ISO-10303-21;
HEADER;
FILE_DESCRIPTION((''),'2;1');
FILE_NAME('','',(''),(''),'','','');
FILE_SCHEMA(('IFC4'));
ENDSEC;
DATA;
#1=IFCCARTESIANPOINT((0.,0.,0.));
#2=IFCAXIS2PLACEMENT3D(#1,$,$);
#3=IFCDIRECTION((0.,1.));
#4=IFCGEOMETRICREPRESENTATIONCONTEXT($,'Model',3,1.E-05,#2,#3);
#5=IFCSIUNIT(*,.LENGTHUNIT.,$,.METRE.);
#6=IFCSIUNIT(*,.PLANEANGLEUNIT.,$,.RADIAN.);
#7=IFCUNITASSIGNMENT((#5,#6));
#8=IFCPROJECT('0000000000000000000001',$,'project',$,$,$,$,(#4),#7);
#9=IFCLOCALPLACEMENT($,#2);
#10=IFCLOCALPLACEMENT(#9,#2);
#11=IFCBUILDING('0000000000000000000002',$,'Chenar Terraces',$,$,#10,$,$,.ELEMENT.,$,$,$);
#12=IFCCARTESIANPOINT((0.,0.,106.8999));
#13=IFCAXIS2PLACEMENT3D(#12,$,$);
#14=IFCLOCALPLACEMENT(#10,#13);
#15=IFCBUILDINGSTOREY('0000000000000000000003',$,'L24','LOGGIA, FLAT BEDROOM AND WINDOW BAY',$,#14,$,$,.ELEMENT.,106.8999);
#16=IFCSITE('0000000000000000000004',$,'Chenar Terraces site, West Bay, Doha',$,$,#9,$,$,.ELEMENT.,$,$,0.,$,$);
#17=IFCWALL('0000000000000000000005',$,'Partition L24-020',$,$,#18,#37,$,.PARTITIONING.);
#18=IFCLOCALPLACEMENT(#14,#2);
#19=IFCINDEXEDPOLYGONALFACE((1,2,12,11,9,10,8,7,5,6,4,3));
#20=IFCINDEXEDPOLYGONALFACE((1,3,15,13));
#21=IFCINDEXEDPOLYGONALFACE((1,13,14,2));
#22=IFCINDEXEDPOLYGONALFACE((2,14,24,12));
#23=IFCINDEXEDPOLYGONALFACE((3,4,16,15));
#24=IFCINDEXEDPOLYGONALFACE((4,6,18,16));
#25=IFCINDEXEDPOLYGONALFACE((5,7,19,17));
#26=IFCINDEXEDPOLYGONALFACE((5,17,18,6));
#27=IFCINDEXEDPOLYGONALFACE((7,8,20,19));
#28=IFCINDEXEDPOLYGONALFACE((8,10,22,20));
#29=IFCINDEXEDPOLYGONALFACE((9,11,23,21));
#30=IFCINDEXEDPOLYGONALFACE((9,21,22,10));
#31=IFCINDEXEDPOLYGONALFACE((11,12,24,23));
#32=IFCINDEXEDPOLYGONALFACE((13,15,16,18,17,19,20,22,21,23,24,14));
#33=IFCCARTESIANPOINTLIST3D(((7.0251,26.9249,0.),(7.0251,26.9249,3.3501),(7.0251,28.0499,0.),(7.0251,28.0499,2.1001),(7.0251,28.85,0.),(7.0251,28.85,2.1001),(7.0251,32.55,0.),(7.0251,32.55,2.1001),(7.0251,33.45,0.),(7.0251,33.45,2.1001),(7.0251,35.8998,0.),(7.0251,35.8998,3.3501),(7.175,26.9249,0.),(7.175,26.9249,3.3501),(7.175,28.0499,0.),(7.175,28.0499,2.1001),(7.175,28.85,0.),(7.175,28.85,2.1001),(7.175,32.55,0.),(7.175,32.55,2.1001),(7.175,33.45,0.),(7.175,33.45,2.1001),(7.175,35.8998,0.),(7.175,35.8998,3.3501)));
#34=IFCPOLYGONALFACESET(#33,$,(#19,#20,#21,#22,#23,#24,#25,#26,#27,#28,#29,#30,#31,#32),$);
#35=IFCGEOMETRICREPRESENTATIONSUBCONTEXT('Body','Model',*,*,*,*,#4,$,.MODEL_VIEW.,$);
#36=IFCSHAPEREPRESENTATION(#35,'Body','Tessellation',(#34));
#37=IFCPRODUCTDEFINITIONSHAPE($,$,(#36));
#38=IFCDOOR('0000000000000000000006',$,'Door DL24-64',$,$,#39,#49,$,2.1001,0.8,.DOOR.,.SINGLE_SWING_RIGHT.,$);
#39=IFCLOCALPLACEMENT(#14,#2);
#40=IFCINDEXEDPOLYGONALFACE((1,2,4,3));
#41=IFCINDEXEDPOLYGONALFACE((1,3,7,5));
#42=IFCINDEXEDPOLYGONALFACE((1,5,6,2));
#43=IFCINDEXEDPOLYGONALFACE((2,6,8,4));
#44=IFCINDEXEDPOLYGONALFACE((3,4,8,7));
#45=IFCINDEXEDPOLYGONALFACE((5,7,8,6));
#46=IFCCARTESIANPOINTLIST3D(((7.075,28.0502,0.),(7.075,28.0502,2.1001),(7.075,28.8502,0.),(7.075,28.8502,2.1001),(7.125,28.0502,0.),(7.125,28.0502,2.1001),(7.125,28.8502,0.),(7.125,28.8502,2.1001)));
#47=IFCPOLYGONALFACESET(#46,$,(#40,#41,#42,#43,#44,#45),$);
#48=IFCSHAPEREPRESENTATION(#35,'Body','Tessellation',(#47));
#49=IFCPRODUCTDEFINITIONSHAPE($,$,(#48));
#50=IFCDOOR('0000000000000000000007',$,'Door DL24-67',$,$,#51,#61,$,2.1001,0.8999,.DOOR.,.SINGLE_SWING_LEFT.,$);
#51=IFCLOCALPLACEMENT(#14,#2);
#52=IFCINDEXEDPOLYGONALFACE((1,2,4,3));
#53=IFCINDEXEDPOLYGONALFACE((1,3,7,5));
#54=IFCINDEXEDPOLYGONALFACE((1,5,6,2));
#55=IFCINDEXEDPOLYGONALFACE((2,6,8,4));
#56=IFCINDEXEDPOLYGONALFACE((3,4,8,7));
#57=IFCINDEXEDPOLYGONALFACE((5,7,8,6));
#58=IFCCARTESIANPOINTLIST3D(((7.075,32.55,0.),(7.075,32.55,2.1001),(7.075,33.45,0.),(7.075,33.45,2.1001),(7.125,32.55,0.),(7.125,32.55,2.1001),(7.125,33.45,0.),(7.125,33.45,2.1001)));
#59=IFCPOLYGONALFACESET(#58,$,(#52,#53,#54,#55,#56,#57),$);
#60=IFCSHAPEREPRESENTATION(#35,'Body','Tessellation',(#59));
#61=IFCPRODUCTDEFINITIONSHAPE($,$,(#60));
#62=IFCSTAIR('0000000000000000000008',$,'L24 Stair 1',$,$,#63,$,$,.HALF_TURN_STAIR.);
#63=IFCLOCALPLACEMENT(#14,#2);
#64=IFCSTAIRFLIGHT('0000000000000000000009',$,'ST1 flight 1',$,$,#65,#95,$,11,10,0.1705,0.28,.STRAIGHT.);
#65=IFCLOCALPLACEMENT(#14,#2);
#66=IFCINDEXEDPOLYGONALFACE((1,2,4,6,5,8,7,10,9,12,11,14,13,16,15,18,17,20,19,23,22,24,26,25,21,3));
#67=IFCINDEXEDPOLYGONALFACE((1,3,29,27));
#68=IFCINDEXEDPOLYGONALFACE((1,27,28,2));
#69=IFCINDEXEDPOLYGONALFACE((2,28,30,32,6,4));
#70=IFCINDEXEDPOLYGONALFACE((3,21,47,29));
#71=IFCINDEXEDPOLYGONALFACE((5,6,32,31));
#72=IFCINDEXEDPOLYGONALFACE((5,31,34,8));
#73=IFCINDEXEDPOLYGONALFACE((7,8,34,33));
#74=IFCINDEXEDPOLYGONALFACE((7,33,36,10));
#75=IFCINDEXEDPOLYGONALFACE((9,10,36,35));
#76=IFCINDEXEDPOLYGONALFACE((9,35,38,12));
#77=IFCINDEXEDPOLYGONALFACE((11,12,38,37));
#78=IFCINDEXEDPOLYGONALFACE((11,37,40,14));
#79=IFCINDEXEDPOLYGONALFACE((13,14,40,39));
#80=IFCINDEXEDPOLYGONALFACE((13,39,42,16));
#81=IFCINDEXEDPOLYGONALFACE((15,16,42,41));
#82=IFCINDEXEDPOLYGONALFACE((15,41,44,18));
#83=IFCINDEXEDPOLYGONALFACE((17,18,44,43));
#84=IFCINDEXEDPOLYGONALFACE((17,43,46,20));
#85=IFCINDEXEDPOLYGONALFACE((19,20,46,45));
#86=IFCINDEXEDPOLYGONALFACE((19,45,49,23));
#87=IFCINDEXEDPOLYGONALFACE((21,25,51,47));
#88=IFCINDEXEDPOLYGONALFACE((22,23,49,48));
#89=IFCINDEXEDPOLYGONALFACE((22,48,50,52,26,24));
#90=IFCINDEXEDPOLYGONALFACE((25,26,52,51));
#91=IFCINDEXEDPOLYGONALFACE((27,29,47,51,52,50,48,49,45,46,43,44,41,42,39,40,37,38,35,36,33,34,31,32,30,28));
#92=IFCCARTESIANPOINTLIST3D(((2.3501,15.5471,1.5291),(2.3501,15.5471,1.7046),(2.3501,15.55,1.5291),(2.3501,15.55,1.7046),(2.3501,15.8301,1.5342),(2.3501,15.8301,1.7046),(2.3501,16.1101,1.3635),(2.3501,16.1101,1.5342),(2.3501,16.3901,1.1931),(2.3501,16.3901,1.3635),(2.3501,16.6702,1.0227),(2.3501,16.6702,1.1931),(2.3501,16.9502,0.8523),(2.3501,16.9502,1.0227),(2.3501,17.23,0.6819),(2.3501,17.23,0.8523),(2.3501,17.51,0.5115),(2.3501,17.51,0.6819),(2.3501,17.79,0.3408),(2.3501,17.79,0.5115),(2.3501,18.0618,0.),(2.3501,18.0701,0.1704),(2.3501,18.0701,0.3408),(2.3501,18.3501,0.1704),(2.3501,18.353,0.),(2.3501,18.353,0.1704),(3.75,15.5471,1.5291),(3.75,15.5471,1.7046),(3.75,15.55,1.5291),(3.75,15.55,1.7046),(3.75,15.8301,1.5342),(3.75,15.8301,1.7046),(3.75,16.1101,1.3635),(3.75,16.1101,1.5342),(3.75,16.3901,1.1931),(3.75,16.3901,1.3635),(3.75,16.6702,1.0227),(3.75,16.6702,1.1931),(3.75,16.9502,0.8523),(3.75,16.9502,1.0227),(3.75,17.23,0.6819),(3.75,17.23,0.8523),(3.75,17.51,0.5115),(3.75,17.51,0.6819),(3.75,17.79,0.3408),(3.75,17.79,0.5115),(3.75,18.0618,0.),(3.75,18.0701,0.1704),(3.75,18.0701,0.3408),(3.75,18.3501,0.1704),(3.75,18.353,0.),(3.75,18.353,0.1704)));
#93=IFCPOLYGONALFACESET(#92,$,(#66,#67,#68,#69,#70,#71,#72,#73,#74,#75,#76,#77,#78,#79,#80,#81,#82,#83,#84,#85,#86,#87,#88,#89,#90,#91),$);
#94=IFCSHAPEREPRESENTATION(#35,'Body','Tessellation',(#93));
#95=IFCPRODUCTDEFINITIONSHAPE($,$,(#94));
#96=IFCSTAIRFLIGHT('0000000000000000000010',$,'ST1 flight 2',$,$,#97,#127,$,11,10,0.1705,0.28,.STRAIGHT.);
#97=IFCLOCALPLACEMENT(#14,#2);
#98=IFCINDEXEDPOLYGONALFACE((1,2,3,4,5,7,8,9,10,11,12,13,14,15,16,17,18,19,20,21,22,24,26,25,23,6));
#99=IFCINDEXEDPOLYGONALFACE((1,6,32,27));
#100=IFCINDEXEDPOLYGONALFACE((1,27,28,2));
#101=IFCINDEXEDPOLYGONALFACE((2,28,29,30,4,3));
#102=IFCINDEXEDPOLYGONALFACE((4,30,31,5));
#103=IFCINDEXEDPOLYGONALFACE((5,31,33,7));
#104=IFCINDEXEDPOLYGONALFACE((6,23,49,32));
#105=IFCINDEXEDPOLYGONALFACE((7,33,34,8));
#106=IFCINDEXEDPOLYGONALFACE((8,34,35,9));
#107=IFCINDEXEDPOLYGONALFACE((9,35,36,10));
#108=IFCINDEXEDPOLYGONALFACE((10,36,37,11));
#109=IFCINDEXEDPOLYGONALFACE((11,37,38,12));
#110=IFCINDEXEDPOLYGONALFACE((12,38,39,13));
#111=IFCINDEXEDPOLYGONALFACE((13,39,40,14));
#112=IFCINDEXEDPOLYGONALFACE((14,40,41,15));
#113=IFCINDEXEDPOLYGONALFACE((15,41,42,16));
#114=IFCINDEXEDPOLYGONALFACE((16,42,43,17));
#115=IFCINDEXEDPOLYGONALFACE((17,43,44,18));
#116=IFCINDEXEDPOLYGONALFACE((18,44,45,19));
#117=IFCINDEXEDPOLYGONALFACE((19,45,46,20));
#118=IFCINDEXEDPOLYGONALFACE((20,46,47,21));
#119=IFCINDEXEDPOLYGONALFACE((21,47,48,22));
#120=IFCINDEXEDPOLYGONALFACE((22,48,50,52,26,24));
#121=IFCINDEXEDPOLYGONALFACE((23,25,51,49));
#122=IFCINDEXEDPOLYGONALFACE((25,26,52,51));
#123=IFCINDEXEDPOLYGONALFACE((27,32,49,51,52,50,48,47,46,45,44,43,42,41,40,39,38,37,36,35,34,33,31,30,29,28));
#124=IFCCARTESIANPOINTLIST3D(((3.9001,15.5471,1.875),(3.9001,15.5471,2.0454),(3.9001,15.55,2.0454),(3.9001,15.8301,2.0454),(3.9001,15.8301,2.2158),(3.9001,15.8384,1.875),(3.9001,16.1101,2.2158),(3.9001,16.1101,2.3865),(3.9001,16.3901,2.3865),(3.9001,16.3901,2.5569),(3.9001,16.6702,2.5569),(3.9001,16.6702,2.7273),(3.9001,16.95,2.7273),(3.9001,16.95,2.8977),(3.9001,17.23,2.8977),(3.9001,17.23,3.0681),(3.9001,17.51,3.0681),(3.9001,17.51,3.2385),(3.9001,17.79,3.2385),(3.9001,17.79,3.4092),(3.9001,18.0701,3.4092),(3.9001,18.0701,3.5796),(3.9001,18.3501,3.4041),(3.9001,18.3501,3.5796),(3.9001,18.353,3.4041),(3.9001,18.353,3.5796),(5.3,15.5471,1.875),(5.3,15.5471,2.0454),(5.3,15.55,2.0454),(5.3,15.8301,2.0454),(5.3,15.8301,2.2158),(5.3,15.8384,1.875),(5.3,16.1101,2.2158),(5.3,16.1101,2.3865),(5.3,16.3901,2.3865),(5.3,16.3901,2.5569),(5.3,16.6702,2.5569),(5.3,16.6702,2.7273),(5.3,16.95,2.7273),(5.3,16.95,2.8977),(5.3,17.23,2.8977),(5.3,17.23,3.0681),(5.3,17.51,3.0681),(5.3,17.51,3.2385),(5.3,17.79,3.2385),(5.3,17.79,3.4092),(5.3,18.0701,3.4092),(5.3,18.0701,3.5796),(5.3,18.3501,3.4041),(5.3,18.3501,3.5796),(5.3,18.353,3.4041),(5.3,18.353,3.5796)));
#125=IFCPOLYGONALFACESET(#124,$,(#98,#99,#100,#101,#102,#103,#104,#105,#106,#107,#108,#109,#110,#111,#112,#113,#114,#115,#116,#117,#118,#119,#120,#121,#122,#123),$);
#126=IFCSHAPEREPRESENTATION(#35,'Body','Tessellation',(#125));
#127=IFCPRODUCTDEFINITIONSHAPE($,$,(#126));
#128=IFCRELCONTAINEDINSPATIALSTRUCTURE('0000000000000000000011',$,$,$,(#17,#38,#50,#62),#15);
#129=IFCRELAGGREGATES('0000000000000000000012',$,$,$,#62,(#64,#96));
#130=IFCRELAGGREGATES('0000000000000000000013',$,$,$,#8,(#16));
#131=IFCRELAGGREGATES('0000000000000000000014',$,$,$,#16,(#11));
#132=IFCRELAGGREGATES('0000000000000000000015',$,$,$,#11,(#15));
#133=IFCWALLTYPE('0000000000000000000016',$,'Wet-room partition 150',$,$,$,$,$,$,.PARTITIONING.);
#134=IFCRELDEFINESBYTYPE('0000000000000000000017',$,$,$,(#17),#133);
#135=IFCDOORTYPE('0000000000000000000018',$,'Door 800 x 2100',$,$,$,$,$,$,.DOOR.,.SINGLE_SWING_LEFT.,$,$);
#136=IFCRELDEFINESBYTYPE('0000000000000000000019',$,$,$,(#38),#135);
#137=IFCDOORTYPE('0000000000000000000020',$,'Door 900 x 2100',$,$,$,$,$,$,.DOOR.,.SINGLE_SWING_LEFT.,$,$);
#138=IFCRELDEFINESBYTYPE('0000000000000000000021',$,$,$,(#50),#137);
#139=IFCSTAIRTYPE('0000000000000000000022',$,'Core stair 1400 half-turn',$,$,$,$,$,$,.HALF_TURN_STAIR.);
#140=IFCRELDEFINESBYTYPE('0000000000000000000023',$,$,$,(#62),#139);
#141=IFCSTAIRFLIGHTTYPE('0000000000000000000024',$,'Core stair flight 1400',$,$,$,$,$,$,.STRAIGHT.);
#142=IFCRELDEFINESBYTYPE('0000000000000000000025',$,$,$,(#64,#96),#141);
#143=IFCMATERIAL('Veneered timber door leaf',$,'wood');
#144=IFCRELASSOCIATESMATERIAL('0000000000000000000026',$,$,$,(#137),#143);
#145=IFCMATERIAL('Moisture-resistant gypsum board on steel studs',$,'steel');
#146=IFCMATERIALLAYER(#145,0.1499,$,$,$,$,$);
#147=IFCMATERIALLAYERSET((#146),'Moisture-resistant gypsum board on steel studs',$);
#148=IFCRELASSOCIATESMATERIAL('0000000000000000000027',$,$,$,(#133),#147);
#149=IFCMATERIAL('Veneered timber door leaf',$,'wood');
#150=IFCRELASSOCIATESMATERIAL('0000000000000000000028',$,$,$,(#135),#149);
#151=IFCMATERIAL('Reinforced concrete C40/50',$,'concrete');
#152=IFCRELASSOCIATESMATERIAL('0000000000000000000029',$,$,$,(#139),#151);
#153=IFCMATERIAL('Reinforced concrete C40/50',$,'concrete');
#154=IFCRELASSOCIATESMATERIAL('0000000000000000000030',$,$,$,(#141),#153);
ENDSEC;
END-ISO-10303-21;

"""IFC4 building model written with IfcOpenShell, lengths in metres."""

from ifc_helpers import new_model, si_unit, direction, frame, frame_2d, origin, place, context, subcontext, project, spatial, polyline, rectangle, outline, extrude, material, layer, layer_set, type_object, element, fill, aggregate, save


model = new_model("IFC4")

# Units and contexts
model_context = context("Model", 3, precision=1e-05, world=origin(), true_north=direction((0.0, 1.0)))
body_context = subcontext(model_context, "Body", "Model", "MODEL_VIEW")
ifc_project = project(units=[si_unit("LENGTHUNIT", "METRE"), si_unit("PLANEANGLEUNIT", "RADIAN")], contexts=[model_context])

# Site, building, storey
site_placement = place(None, origin())
site = spatial("IfcSite", under=ifc_project, at=site_placement, Name="Chenar Terraces site, West Bay, Doha", CompositionType="ELEMENT", RefElevation=0.0)
building_placement = place(site_placement, origin())
building = spatial("IfcBuilding", under=site, at=building_placement, Name="Chenar Terraces", CompositionType="ELEMENT")
storey_placement = place(building_placement, frame((0.0, 0.0, 106.8999)))
storey = spatial("IfcBuildingStorey", under=building, at=storey_placement, Name="L24", Description="LOGGIA, FLAT BEDROOM AND WINDOW BAY", CompositionType="ELEMENT", Elevation=106.8999)

# Shared definitions
ifc_material_1 = material(Name="Veneered timber door leaf", Category="wood")
door_type_1 = type_object("IfcDoorType", Name="Door 900 x 2100", OperationType="SINGLE_SWING_LEFT", PredefinedType="DOOR", material=ifc_material_1)

# Shared definitions
ifc_material_2 = material(Name="Moisture-resistant gypsum board on steel studs", Category="steel")
ifc_layer_1 = layer(ifc_material_2, 0.1499)
ifc_layer_set_1 = layer_set([ifc_layer_1], Name="Moisture-resistant gypsum board on steel studs")
wall_type_1 = type_object("IfcWallType", Name="Wet-room partition 150", PredefinedType="PARTITIONING", material=ifc_layer_set_1)

# Shared definitions
ifc_material_3 = material(Name="Veneered timber door leaf", Category="wood")
door_type_2 = type_object("IfcDoorType", Name="Door 800 x 2100", OperationType="SINGLE_SWING_LEFT", PredefinedType="DOOR", material=ifc_material_3)

# Wall, openings, doors
wall_1_placement = place(storey_placement, frame((7.1001, 26.925, 0.0), z_axis=(0.0, 0.0, 1.0), x_axis=(0.0, 1.0, 0.0)))
wall_1 = element("IfcWall", 1, at=wall_1_placement, inside=storey, type_object=wall_type_1, Name="Partition L24-020", PredefinedType="PARTITIONING", context=body_context, shape_type="SweptSolid", body=[
    extrude(rectangle(XDim=8.9749, YDim=0.1499, at=frame_2d((4.4873, 0.0))), origin(), (0.0, 0.0, 1.0), 3.3501),
])
opening_1_placement = place(wall_1_placement, frame((1.125, 0.0, 0.0)))
opening_1 = element("IfcOpeningElement", 2, at=opening_1_placement, cuts=wall_1, PredefinedType="OPENING", context=body_context, shape_type="SweptSolid", body=[
    extrude(rectangle(XDim=0.8, YDim=2.1001, at=frame_2d((0.3999, 1.05))), frame((0.0, 0.085, 0.0), z_axis=(0.0, -1.0, 0.0), x_axis=(1.0, 0.0, 0.0)), (0.0, 0.0, 1.0), 0.1699),
])
opening_2_placement = place(wall_1_placement, frame((5.625, 0.0, 0.0)))
opening_2 = element("IfcOpeningElement", 3, at=opening_2_placement, cuts=wall_1, PredefinedType="OPENING", context=body_context, shape_type="SweptSolid", body=[
    extrude(rectangle(XDim=0.8999, YDim=2.1001, at=frame_2d((0.45, 1.05))), frame((0.0, 0.085, 0.0), z_axis=(0.0, -1.0, 0.0), x_axis=(1.0, 0.0, 0.0)), (0.0, 0.0, 1.0), 0.1699),
])
door_1_placement = place(opening_1_placement, frame((0.8, 0.0, 0.0), z_axis=(0.0, 0.0, 1.0), x_axis=(-1.0, 0.0, 0.0)))
door_1 = element("IfcDoor", 4, at=door_1_placement, inside=storey, type_object=door_type_2, Name="Door DL24-64", OperationType="SINGLE_SWING_RIGHT", OverallHeight=2.1001, OverallWidth=0.8, PredefinedType="DOOR", context=body_context, shape_type="SweptSolid", body=[
    extrude(rectangle(XDim=0.8, YDim=2.1001, at=frame_2d((0.3999, 1.05))), frame((0.0, 0.0249, 0.0), z_axis=(0.0, -1.0, 0.0), x_axis=(1.0, 0.0, 0.0)), (0.0, 0.0, 1.0), 0.05),
])
fill(opening_1, door_1)
door_2_placement = place(opening_2_placement, frame((0.8999, 0.0, 0.0), z_axis=(0.0, 0.0, 1.0), x_axis=(-1.0, 0.0, 0.0)))
door_2 = element("IfcDoor", 5, at=door_2_placement, inside=storey, type_object=door_type_1, Name="Door DL24-67", OperationType="SINGLE_SWING_LEFT", OverallHeight=2.1001, OverallWidth=0.8999, PredefinedType="DOOR", context=body_context, shape_type="SweptSolid", body=[
    extrude(rectangle(XDim=0.8999, YDim=2.1001, at=frame_2d((0.45, 1.05))), frame((0.0, 0.0249, 0.0), z_axis=(0.0, -1.0, 0.0), x_axis=(1.0, 0.0, 0.0)), (0.0, 0.0, 1.0), 0.05),
])
fill(opening_2, door_2)

# Stair, stair flights
ifc_material_4 = material(Name="Reinforced concrete C40/50", Category="concrete")
stair_type = type_object("IfcStairType", Name="Core stair 1400 half-turn", PredefinedType="HALF_TURN_STAIR", material=ifc_material_4)
stair_placement = place(storey_placement, origin())
stair = element("IfcStair", 6, at=stair_placement, inside=storey, type_object=stair_type, Name="L24 Stair 1", PredefinedType="HALF_TURN_STAIR")
ifc_material_5 = material(Name="Reinforced concrete C40/50", Category="concrete")
stair_flight_type = type_object("IfcStairFlightType", Name="Core stair flight 1400", PredefinedType="STRAIGHT", material=ifc_material_5)
stair_flight_1_placement = place(storey_placement, frame((3.05, 18.3501, 0.0), z_axis=(0.0, 0.0, 1.0), x_axis=(0.0, -1.0, 0.0)))
stair_flight_1 = element("IfcStairFlight", 7, at=stair_flight_1_placement, type_object=stair_flight_type, Name="ST1 flight 1", NumberOfRisers=11, NumberOfTreads=10, PredefinedType="STRAIGHT", RiserHeight=0.1705, TreadLength=0.28, context=body_context, shape_type="SweptSolid", body=[
    extrude(outline(polyline([(-0.0029, 0.0), (-0.0029, 0.1704), (0.0, 0.1704), (0.28, 0.1704), (0.28, 0.3408), (0.5601, 0.3408), (0.5601, 0.5115), (0.8401, 0.5115), (0.8401, 0.6819), (1.1201, 0.6819), (1.1201, 0.8523), (1.3999, 0.8523), (1.3999, 1.0227), (1.6799, 1.0227), (1.6799, 1.1931), (1.96, 1.1931), (1.96, 1.3635), (2.24, 1.3635), (2.24, 1.5342), (2.52, 1.5342), (2.52, 1.7046), (2.8, 1.7046), (2.803, 1.7046), (2.803, 1.5291), (2.8, 1.5291), (0.2883, 0.0), (-0.0029, 0.0)])), frame((0.0, 0.7, 0.0), z_axis=(0.0, -1.0, 0.0), x_axis=(1.0, 0.0, 0.0)), (0.0, 0.0, 1.0), 1.3999),
])
stair_flight_2_placement = place(storey_placement, frame((4.6001, 15.55, 1.875), z_axis=(0.0, 0.0, 1.0), x_axis=(0.0, 1.0, 0.0)))
stair_flight_2 = element("IfcStairFlight", 8, at=stair_flight_2_placement, type_object=stair_flight_type, Name="ST1 flight 2", NumberOfRisers=11, NumberOfTreads=10, PredefinedType="STRAIGHT", RiserHeight=0.1705, TreadLength=0.28, context=body_context, shape_type="SweptSolid", body=[
    extrude(outline(polyline([(-0.0029, 0.0), (-0.0029, 0.1704), (0.0, 0.1704), (0.28, 0.1704), (0.28, 0.3408), (0.5601, 0.3408), (0.5601, 0.5115), (0.8401, 0.5115), (0.8401, 0.6819), (1.1201, 0.6819), (1.1201, 0.8523), (1.3999, 0.8523), (1.3999, 1.0227), (1.6799, 1.0227), (1.6799, 1.1931), (1.96, 1.1931), (1.96, 1.3635), (2.24, 1.3635), (2.24, 1.5342), (2.52, 1.5342), (2.52, 1.7046), (2.8, 1.7046), (2.803, 1.7046), (2.803, 1.5291), (2.8, 1.5291), (0.2883, 0.0), (-0.0029, 0.0)])), frame((0.0, 0.7, 0.0), z_axis=(0.0, -1.0, 0.0), x_axis=(1.0, 0.0, 0.0)), (0.0, 0.0, 1.0), 1.3999),
])
aggregate(stair, [stair_flight_1, stair_flight_2])

save(model, "model.ifc")
